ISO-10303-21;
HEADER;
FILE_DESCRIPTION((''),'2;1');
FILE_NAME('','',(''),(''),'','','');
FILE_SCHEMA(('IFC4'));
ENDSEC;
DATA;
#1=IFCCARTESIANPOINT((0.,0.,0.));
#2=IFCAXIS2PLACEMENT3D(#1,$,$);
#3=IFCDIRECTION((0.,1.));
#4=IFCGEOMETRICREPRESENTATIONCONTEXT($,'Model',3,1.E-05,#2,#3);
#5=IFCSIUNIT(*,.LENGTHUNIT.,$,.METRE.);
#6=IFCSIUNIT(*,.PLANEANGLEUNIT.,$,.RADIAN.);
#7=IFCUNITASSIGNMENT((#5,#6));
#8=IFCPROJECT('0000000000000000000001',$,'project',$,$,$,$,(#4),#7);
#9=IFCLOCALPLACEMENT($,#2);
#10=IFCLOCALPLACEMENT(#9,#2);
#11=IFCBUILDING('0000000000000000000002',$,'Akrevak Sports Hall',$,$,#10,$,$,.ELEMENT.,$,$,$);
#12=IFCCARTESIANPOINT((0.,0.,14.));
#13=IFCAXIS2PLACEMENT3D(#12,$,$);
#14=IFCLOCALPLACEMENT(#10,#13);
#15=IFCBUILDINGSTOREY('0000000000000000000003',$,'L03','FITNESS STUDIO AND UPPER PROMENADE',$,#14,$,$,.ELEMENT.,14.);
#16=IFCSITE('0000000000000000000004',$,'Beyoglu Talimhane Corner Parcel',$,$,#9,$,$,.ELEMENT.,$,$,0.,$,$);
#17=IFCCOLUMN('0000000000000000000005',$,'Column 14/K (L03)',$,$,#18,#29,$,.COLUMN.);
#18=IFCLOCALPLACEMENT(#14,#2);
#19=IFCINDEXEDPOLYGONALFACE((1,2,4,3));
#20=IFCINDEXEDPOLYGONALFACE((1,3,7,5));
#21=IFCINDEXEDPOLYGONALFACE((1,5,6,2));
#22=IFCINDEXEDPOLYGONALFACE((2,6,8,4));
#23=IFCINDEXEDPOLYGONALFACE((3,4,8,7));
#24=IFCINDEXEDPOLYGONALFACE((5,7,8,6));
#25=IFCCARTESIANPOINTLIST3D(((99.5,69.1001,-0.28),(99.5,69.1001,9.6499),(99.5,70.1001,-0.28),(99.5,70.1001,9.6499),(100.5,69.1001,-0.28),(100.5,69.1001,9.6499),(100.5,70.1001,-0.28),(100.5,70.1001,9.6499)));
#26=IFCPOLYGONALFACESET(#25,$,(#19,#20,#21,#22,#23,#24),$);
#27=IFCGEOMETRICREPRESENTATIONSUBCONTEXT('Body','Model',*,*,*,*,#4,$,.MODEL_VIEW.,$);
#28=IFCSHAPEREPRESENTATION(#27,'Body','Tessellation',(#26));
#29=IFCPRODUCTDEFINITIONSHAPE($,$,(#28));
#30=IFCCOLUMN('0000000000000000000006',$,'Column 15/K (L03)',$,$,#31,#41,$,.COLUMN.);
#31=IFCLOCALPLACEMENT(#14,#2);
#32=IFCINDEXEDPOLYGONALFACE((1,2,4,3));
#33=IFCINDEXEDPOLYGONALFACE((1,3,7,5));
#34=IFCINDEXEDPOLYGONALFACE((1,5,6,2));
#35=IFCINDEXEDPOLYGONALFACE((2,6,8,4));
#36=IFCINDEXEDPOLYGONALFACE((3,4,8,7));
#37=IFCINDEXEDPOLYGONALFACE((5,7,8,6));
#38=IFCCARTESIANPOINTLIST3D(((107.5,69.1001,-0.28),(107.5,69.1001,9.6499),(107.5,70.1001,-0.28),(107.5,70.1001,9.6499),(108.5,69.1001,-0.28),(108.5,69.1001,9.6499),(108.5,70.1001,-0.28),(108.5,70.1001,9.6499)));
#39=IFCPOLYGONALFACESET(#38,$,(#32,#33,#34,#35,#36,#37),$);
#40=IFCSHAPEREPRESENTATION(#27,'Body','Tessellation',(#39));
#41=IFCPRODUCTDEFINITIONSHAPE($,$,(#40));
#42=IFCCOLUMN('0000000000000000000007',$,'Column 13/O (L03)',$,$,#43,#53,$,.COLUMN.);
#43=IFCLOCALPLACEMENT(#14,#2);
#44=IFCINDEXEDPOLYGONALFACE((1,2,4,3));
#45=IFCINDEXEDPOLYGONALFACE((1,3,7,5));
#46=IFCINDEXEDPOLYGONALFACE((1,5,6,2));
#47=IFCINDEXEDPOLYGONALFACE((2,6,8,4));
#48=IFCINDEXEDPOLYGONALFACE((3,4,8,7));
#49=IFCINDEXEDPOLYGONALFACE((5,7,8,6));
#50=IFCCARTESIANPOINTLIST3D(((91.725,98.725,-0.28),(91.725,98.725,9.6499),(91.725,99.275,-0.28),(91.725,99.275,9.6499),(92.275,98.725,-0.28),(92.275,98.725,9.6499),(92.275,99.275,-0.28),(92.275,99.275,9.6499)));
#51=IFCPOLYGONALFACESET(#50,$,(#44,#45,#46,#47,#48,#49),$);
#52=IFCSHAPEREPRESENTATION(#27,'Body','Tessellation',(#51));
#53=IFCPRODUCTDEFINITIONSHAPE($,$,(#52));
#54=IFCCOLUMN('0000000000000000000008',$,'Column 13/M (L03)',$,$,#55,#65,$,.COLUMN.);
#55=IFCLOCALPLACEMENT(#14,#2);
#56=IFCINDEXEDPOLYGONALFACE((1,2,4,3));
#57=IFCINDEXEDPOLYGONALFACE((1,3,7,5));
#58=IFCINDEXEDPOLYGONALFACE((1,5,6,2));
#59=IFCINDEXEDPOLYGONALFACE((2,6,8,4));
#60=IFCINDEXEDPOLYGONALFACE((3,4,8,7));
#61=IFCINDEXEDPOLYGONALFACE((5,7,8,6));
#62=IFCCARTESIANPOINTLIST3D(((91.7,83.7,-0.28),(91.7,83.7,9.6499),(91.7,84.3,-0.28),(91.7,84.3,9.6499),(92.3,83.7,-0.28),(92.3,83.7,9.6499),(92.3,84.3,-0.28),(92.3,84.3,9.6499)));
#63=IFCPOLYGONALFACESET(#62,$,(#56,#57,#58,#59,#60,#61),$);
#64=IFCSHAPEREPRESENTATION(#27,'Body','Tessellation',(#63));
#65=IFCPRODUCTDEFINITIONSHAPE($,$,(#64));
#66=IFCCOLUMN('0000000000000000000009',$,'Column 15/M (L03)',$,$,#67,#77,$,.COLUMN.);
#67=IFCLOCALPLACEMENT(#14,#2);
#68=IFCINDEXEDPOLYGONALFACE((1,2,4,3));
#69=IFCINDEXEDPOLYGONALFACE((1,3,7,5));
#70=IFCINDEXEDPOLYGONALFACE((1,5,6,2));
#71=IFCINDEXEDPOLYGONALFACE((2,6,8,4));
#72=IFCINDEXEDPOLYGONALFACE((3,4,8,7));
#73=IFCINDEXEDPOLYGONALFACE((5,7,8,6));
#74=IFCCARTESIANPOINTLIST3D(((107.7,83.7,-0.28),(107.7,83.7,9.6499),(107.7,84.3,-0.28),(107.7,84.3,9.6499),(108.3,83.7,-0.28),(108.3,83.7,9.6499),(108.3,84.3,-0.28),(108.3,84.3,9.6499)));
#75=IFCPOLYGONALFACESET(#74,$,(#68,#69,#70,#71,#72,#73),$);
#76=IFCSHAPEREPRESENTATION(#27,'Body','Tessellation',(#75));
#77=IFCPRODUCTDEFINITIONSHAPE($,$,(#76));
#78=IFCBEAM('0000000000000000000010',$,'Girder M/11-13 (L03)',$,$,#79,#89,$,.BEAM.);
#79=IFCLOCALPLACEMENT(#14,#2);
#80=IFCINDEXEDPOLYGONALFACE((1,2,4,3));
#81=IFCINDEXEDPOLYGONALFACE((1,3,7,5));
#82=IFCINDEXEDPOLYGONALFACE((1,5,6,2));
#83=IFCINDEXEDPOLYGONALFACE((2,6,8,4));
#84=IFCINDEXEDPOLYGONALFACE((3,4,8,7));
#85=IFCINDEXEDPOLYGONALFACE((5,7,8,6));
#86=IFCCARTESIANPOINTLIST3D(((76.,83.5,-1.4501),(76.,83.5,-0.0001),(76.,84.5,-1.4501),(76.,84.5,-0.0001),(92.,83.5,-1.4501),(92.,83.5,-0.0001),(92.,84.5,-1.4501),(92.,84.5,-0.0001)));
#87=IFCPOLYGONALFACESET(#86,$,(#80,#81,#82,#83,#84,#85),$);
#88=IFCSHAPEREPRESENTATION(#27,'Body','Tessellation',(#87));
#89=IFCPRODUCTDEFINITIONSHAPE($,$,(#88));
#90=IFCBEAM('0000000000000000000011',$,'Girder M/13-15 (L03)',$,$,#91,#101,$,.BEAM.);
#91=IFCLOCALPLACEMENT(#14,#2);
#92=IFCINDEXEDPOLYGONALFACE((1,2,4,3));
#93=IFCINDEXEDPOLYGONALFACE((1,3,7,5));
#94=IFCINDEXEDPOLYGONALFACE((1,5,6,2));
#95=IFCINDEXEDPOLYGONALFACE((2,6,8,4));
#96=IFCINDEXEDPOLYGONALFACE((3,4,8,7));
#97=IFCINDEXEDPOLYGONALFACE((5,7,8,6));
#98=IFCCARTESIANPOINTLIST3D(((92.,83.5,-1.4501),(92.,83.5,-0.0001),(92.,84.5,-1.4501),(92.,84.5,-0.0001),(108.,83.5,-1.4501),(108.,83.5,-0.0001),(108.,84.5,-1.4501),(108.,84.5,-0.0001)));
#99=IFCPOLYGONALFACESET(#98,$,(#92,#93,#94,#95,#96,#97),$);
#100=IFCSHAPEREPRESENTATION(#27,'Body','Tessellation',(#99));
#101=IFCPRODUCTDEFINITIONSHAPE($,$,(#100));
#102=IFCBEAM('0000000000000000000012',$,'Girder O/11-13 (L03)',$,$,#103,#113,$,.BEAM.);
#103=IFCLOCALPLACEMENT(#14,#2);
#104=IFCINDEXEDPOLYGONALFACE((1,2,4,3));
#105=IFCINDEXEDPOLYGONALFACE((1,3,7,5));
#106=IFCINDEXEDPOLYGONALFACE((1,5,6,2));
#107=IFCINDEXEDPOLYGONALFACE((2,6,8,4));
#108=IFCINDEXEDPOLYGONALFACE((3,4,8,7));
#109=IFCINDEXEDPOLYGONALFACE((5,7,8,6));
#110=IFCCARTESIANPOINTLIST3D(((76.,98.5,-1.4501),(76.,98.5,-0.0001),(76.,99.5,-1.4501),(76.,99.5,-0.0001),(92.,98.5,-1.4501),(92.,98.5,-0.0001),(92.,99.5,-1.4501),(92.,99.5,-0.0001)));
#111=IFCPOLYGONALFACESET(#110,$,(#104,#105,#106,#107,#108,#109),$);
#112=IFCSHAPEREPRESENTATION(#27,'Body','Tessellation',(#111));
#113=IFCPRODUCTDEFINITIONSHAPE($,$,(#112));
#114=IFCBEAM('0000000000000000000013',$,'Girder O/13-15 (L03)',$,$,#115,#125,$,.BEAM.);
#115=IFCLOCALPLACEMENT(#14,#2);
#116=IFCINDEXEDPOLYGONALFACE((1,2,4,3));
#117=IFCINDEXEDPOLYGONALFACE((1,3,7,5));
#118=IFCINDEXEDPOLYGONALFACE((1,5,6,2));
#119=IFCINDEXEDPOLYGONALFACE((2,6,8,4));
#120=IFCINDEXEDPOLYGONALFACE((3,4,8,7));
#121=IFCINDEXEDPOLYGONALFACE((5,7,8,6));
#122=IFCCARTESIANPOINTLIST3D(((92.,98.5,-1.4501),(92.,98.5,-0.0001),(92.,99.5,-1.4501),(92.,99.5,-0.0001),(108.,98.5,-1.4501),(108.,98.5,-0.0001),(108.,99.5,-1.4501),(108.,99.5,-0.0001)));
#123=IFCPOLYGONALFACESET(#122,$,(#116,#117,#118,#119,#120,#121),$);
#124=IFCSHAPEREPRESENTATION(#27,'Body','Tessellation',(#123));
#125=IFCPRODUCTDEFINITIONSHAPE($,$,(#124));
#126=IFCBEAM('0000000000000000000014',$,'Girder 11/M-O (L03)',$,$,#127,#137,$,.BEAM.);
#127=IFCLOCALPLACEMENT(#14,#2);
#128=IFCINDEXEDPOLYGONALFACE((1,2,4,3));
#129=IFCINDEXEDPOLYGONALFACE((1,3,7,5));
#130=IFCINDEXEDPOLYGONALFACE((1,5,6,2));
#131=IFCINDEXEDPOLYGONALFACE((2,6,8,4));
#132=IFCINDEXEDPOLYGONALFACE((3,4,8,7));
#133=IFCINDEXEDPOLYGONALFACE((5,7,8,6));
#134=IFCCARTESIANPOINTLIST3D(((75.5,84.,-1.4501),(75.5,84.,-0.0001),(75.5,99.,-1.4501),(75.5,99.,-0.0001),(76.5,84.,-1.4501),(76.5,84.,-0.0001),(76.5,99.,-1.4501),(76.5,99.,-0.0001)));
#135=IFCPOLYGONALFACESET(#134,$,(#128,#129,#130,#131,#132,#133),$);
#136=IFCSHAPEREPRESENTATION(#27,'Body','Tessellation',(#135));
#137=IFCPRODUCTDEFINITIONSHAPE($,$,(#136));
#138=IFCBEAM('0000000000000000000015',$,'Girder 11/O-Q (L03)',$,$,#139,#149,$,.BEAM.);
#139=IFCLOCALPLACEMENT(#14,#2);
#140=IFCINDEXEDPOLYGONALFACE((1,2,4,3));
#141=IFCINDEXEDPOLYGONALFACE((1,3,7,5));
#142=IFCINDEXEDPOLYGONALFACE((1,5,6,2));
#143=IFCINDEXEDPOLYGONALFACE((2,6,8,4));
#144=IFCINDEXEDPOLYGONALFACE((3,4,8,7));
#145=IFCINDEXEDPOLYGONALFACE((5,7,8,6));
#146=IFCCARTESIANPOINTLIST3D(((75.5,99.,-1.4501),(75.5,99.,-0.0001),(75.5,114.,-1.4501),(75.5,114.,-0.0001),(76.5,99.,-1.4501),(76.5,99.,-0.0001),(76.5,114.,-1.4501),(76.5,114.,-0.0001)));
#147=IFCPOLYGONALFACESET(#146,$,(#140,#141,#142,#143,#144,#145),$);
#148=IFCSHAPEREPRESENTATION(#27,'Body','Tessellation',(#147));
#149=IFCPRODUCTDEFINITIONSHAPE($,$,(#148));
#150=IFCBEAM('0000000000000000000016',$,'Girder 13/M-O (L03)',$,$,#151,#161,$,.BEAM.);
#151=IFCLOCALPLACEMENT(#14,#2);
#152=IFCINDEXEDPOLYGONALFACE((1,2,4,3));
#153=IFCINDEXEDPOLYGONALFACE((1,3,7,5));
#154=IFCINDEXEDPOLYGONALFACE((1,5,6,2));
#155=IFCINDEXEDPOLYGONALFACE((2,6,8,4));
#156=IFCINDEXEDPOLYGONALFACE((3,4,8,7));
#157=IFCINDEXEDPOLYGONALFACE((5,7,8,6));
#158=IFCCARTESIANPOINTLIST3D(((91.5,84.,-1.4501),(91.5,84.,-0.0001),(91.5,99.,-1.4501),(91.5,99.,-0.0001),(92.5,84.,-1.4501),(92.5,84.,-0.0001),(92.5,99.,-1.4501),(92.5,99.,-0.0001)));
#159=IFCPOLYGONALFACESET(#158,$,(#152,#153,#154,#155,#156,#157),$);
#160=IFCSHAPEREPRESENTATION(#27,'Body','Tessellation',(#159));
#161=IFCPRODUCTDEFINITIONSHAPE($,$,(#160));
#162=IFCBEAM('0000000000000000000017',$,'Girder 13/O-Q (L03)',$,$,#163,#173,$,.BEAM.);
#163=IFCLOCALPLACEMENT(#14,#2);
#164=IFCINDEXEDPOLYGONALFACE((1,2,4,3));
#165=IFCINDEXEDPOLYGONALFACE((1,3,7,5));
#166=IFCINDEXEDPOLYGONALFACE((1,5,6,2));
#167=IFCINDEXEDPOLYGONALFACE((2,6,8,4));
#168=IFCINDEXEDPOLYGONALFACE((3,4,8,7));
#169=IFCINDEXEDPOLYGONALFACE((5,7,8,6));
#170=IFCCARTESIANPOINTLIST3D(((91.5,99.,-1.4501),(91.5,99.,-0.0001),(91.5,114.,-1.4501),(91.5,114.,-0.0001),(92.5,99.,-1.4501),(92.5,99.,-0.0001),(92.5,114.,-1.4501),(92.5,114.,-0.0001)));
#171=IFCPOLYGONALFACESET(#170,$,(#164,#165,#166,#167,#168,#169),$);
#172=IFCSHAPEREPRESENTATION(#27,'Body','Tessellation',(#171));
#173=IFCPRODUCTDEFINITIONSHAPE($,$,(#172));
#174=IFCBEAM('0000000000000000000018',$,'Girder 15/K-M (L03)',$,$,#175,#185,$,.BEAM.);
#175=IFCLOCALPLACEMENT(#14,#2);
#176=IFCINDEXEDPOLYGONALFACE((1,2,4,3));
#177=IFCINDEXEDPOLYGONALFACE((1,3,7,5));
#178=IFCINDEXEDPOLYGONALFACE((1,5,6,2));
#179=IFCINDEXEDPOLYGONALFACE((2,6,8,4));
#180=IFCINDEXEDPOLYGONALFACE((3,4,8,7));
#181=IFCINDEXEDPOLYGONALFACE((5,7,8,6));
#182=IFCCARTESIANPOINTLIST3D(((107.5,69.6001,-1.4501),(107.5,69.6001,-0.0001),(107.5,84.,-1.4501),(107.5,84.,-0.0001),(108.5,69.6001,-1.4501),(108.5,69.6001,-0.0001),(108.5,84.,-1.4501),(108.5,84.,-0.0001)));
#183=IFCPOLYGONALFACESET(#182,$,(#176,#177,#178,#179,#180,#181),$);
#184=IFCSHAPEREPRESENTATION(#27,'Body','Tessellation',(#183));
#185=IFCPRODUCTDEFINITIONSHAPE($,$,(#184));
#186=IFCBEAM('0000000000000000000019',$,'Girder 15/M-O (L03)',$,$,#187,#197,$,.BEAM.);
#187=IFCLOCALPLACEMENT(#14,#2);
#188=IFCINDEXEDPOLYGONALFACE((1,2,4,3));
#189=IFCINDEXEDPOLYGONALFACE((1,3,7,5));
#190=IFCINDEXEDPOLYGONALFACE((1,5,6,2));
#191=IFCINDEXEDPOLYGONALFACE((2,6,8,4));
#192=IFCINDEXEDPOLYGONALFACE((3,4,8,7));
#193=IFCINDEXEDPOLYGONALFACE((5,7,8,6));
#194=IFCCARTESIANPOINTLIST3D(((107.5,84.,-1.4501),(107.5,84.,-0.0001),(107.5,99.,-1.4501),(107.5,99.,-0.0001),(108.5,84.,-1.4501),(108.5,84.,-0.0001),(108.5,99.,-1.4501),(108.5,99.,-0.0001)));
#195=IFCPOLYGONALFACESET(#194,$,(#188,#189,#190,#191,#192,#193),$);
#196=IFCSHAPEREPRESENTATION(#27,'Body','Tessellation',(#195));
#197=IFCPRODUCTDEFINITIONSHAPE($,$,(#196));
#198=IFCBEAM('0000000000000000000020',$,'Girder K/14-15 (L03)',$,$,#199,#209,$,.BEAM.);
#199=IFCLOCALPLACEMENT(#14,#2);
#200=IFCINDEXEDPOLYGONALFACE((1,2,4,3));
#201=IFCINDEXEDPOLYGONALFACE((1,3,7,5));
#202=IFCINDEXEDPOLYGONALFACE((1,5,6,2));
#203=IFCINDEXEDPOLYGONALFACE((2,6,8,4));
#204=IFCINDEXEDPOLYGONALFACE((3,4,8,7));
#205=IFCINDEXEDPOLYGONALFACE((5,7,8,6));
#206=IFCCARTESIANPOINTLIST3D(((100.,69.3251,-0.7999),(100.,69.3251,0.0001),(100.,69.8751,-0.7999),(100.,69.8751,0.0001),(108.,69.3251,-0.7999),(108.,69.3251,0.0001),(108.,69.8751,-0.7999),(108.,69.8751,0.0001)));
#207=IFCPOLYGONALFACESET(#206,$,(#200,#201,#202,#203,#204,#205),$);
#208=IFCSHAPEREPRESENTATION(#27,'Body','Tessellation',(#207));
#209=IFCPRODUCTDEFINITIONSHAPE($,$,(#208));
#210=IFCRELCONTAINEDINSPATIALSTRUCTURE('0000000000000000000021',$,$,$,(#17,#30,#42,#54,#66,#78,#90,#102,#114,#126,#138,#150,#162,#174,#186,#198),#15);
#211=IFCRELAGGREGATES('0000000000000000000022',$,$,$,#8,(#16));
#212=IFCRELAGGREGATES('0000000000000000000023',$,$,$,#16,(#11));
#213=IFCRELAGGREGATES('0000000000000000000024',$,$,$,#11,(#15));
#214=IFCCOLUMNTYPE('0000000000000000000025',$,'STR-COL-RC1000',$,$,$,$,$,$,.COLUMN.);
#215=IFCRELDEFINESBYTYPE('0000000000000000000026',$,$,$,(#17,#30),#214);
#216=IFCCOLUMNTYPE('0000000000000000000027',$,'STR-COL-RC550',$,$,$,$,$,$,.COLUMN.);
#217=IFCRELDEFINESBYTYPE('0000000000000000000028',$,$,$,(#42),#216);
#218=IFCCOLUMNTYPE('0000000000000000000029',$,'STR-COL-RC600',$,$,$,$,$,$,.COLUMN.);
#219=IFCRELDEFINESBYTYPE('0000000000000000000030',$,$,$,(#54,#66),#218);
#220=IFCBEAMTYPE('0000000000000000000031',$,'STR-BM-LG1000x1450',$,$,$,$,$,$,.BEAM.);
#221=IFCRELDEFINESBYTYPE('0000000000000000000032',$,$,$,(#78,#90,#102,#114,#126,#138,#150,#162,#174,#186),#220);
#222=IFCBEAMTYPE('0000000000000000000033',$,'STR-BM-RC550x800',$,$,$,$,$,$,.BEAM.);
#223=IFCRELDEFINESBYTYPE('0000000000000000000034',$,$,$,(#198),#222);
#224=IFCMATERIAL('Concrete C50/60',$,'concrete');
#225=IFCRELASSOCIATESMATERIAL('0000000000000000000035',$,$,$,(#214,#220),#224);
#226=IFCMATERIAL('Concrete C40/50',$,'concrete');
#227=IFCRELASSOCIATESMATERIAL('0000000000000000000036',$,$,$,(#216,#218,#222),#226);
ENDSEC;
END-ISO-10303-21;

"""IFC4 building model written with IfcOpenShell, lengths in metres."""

from ifc_helpers import new_model, si_unit, direction, frame, origin, origin_2d, place, context, subcontext, project, spatial, rectangle, extrude, material, material_profile, profile_set, type_object, element, save


model = new_model("IFC4")

# Units and contexts
model_context = context("Model", 3, precision=1e-05, world=origin(), true_north=direction((0.0, 1.0)))
body_context = subcontext(model_context, "Body", "Model", "MODEL_VIEW")
ifc_project = project(units=[si_unit("LENGTHUNIT", "METRE"), si_unit("PLANEANGLEUNIT", "RADIAN")], contexts=[model_context])

# Site, building, storey
site_placement = place(None, origin())
site = spatial("IfcSite", under=ifc_project, at=site_placement, Name="Beyoglu Talimhane Corner Parcel", CompositionType="ELEMENT", RefElevation=0.0)
building_placement = place(site_placement, origin())
building = spatial("IfcBuilding", under=site, at=building_placement, Name="Akrevak Sports Hall", CompositionType="ELEMENT")
storey_placement = place(building_placement, frame((0.0, 0.0, 14.0)))
storey = spatial("IfcBuildingStorey", under=building, at=storey_placement, Name="L03", Description="FITNESS STUDIO AND UPPER PROMENADE", CompositionType="ELEMENT", Elevation=14.0)

# Columns
ifc_material_1 = material(Name="Concrete C50/60", Category="concrete")
ifc_material_profile_1 = material_profile(ifc_material_1, rectangle(XDim=1.0, YDim=1.0, at=origin_2d()), Name="RC 1000x1000", Category="concrete")
ifc_profile_set_1 = profile_set([ifc_material_profile_1], Name="Concrete C50/60")
column_type_1 = type_object("IfcColumnType", Name="STR-COL-RC1000", PredefinedType="COLUMN", material=ifc_profile_set_1)
for number, where, z_axis, x_axis, name in (
    (1, (100.0, 69.6001, -0.28), (0.0, 0.0, 1.0), (1.0, 0.0, 0.0), "Column 14/K (L03)"),
    (2, (108.0, 69.6001, -0.28), (0.0, 0.0, 1.0), (1.0, 0.0, 0.0), "Column 15/K (L03)"),
):
    element("IfcColumn", number, at=place(storey_placement, frame(where, z_axis=z_axis, x_axis=x_axis)), inside=storey, type_object=column_type_1, Name=name, PredefinedType="COLUMN", context=body_context, shape_type="SweptSolid", body=[
        extrude(rectangle(XDim=1.0, YDim=1.0, at=origin_2d()), origin(), (0.0, 0.0, 1.0), 9.9299),
    ])
ifc_material_2 = material(Name="Concrete C40/50", Category="concrete")
ifc_material_profile_2 = material_profile(ifc_material_2, rectangle(XDim=0.55, YDim=0.55, at=origin_2d()), Name="RC 550x550", Category="concrete")
ifc_profile_set_2 = profile_set([ifc_material_profile_2], Name="Concrete C40/50")
column_type_2 = type_object("IfcColumnType", Name="STR-COL-RC550", PredefinedType="COLUMN", material=ifc_profile_set_2)
column_placement = place(storey_placement, frame((92.0, 99.0, -0.28), z_axis=(0.0, 0.0, 1.0), x_axis=(1.0, 0.0, 0.0)))
element("IfcColumn", 3, at=column_placement, inside=storey, type_object=column_type_2, Name="Column 13/O (L03)", PredefinedType="COLUMN", context=body_context, shape_type="SweptSolid", body=[
    extrude(rectangle(XDim=0.55, YDim=0.55, at=origin_2d()), origin(), (0.0, 0.0, 1.0), 9.9299),
])
ifc_material_profile_3 = material_profile(ifc_material_2, rectangle(XDim=0.6001, YDim=0.6001, at=origin_2d()), Name="RC 600x600", Category="concrete")
ifc_profile_set_3 = profile_set([ifc_material_profile_3], Name="Concrete C40/50")
column_type_3 = type_object("IfcColumnType", Name="STR-COL-RC600", PredefinedType="COLUMN", material=ifc_profile_set_3)
for number, where, z_axis, x_axis, name in (
    (4, (92.0, 84.0, -0.28), (0.0, 0.0, 1.0), (1.0, 0.0, 0.0), "Column 13/M (L03)"),
    (5, (108.0, 84.0, -0.28), (0.0, 0.0, 1.0), (1.0, 0.0, 0.0), "Column 15/M (L03)"),
):
    element("IfcColumn", number, at=place(storey_placement, frame(where, z_axis=z_axis, x_axis=x_axis)), inside=storey, type_object=column_type_3, Name=name, PredefinedType="COLUMN", context=body_context, shape_type="SweptSolid", body=[
        extrude(rectangle(XDim=0.6001, YDim=0.6001, at=origin_2d()), origin(), (0.0, 0.0, 1.0), 9.9299),
    ])

# Beams
ifc_material_profile_4 = material_profile(ifc_material_1, rectangle(XDim=1.0, YDim=1.45, at=origin_2d()), Name="BM 1000x1450", Category="concrete")
ifc_profile_set_4 = profile_set([ifc_material_profile_4], Name="Concrete C50/60")
beam_type_1 = type_object("IfcBeamType", Name="STR-BM-LG1000x1450", PredefinedType="BEAM", material=ifc_profile_set_4)
for number, where, z_axis, x_axis, name in (
    (6, (76.0, 84.0, -0.7251), (1.0, 0.0, 0.0), (0.0, 1.0, 0.0), "Girder M/11-13 (L03)"),
    (7, (92.0, 84.0, -0.7251), (1.0, 0.0, 0.0), (0.0, 1.0, 0.0), "Girder M/13-15 (L03)"),
    (8, (76.0, 99.0, -0.7251), (1.0, 0.0, 0.0), (0.0, 1.0, 0.0), "Girder O/11-13 (L03)"),
    (9, (92.0, 99.0, -0.7251), (1.0, 0.0, 0.0), (0.0, 1.0, 0.0), "Girder O/13-15 (L03)"),
):
    element("IfcBeam", number, at=place(storey_placement, frame(where, z_axis=z_axis, x_axis=x_axis)), inside=storey, type_object=beam_type_1, Name=name, PredefinedType="BEAM", context=body_context, shape_type="SweptSolid", body=[
        extrude(rectangle(XDim=1.0, YDim=1.45, at=origin_2d()), origin(), (0.0, 0.0, 1.0), 16.0),
    ])
for number, where, z_axis, x_axis, name in (
    (10, (76.0, 84.0, -0.7251), (0.0, 1.0, 0.0), (-1.0, 0.0, 0.0), "Girder 11/M-O (L03)"),
    (11, (76.0, 99.0, -0.7251), (0.0, 1.0, 0.0), (-1.0, 0.0, 0.0), "Girder 11/O-Q (L03)"),
    (12, (92.0, 84.0, -0.7251), (0.0, 1.0, 0.0), (-1.0, 0.0, 0.0), "Girder 13/M-O (L03)"),
    (13, (92.0, 99.0, -0.7251), (0.0, 1.0, 0.0), (-1.0, 0.0, 0.0), "Girder 13/O-Q (L03)"),
):
    element("IfcBeam", number, at=place(storey_placement, frame(where, z_axis=z_axis, x_axis=x_axis)), inside=storey, type_object=beam_type_1, Name=name, PredefinedType="BEAM", context=body_context, shape_type="SweptSolid", body=[
        extrude(rectangle(XDim=1.0, YDim=1.45, at=origin_2d()), origin(), (0.0, 0.0, 1.0), 15.0),
    ])
beam_1_placement = place(storey_placement, frame((108.0, 69.6001, -0.7251), z_axis=(0.0, 1.0, 0.0), x_axis=(-1.0, 0.0, 0.0)))
element("IfcBeam", 14, at=beam_1_placement, inside=storey, type_object=beam_type_1, Name="Girder 15/K-M (L03)", PredefinedType="BEAM", context=body_context, shape_type="SweptSolid", body=[
    extrude(rectangle(XDim=1.0, YDim=1.45, at=origin_2d()), origin(), (0.0, 0.0, 1.0), 14.3999),
])
beam_2_placement = place(storey_placement, frame((108.0, 84.0, -0.7251), z_axis=(0.0, 1.0, 0.0), x_axis=(-1.0, 0.0, 0.0)))
element("IfcBeam", 15, at=beam_2_placement, inside=storey, type_object=beam_type_1, Name="Girder 15/M-O (L03)", PredefinedType="BEAM", context=body_context, shape_type="SweptSolid", body=[
    extrude(rectangle(XDim=1.0, YDim=1.45, at=origin_2d()), origin(), (0.0, 0.0, 1.0), 15.0),
])
ifc_material_profile_5 = material_profile(ifc_material_2, rectangle(XDim=0.55, YDim=0.8, at=origin_2d()), Name="BM 550x800", Category="concrete")
ifc_profile_set_5 = profile_set([ifc_material_profile_5], Name="Concrete C40/50")
beam_type_2 = type_object("IfcBeamType", Name="STR-BM-RC550x800", PredefinedType="BEAM", material=ifc_profile_set_5)
beam_3_placement = place(storey_placement, frame((100.0, 69.6001, -0.3999), z_axis=(1.0, 0.0, 0.0), x_axis=(0.0, 1.0, 0.0)))
element("IfcBeam", 16, at=beam_3_placement, inside=storey, type_object=beam_type_2, Name="Girder K/14-15 (L03)", PredefinedType="BEAM", context=body_context, shape_type="SweptSolid", body=[
    extrude(rectangle(XDim=0.55, YDim=0.8, at=origin_2d()), origin(), (0.0, 0.0, 1.0), 8.0),
])

save(model, "model.ifc")
